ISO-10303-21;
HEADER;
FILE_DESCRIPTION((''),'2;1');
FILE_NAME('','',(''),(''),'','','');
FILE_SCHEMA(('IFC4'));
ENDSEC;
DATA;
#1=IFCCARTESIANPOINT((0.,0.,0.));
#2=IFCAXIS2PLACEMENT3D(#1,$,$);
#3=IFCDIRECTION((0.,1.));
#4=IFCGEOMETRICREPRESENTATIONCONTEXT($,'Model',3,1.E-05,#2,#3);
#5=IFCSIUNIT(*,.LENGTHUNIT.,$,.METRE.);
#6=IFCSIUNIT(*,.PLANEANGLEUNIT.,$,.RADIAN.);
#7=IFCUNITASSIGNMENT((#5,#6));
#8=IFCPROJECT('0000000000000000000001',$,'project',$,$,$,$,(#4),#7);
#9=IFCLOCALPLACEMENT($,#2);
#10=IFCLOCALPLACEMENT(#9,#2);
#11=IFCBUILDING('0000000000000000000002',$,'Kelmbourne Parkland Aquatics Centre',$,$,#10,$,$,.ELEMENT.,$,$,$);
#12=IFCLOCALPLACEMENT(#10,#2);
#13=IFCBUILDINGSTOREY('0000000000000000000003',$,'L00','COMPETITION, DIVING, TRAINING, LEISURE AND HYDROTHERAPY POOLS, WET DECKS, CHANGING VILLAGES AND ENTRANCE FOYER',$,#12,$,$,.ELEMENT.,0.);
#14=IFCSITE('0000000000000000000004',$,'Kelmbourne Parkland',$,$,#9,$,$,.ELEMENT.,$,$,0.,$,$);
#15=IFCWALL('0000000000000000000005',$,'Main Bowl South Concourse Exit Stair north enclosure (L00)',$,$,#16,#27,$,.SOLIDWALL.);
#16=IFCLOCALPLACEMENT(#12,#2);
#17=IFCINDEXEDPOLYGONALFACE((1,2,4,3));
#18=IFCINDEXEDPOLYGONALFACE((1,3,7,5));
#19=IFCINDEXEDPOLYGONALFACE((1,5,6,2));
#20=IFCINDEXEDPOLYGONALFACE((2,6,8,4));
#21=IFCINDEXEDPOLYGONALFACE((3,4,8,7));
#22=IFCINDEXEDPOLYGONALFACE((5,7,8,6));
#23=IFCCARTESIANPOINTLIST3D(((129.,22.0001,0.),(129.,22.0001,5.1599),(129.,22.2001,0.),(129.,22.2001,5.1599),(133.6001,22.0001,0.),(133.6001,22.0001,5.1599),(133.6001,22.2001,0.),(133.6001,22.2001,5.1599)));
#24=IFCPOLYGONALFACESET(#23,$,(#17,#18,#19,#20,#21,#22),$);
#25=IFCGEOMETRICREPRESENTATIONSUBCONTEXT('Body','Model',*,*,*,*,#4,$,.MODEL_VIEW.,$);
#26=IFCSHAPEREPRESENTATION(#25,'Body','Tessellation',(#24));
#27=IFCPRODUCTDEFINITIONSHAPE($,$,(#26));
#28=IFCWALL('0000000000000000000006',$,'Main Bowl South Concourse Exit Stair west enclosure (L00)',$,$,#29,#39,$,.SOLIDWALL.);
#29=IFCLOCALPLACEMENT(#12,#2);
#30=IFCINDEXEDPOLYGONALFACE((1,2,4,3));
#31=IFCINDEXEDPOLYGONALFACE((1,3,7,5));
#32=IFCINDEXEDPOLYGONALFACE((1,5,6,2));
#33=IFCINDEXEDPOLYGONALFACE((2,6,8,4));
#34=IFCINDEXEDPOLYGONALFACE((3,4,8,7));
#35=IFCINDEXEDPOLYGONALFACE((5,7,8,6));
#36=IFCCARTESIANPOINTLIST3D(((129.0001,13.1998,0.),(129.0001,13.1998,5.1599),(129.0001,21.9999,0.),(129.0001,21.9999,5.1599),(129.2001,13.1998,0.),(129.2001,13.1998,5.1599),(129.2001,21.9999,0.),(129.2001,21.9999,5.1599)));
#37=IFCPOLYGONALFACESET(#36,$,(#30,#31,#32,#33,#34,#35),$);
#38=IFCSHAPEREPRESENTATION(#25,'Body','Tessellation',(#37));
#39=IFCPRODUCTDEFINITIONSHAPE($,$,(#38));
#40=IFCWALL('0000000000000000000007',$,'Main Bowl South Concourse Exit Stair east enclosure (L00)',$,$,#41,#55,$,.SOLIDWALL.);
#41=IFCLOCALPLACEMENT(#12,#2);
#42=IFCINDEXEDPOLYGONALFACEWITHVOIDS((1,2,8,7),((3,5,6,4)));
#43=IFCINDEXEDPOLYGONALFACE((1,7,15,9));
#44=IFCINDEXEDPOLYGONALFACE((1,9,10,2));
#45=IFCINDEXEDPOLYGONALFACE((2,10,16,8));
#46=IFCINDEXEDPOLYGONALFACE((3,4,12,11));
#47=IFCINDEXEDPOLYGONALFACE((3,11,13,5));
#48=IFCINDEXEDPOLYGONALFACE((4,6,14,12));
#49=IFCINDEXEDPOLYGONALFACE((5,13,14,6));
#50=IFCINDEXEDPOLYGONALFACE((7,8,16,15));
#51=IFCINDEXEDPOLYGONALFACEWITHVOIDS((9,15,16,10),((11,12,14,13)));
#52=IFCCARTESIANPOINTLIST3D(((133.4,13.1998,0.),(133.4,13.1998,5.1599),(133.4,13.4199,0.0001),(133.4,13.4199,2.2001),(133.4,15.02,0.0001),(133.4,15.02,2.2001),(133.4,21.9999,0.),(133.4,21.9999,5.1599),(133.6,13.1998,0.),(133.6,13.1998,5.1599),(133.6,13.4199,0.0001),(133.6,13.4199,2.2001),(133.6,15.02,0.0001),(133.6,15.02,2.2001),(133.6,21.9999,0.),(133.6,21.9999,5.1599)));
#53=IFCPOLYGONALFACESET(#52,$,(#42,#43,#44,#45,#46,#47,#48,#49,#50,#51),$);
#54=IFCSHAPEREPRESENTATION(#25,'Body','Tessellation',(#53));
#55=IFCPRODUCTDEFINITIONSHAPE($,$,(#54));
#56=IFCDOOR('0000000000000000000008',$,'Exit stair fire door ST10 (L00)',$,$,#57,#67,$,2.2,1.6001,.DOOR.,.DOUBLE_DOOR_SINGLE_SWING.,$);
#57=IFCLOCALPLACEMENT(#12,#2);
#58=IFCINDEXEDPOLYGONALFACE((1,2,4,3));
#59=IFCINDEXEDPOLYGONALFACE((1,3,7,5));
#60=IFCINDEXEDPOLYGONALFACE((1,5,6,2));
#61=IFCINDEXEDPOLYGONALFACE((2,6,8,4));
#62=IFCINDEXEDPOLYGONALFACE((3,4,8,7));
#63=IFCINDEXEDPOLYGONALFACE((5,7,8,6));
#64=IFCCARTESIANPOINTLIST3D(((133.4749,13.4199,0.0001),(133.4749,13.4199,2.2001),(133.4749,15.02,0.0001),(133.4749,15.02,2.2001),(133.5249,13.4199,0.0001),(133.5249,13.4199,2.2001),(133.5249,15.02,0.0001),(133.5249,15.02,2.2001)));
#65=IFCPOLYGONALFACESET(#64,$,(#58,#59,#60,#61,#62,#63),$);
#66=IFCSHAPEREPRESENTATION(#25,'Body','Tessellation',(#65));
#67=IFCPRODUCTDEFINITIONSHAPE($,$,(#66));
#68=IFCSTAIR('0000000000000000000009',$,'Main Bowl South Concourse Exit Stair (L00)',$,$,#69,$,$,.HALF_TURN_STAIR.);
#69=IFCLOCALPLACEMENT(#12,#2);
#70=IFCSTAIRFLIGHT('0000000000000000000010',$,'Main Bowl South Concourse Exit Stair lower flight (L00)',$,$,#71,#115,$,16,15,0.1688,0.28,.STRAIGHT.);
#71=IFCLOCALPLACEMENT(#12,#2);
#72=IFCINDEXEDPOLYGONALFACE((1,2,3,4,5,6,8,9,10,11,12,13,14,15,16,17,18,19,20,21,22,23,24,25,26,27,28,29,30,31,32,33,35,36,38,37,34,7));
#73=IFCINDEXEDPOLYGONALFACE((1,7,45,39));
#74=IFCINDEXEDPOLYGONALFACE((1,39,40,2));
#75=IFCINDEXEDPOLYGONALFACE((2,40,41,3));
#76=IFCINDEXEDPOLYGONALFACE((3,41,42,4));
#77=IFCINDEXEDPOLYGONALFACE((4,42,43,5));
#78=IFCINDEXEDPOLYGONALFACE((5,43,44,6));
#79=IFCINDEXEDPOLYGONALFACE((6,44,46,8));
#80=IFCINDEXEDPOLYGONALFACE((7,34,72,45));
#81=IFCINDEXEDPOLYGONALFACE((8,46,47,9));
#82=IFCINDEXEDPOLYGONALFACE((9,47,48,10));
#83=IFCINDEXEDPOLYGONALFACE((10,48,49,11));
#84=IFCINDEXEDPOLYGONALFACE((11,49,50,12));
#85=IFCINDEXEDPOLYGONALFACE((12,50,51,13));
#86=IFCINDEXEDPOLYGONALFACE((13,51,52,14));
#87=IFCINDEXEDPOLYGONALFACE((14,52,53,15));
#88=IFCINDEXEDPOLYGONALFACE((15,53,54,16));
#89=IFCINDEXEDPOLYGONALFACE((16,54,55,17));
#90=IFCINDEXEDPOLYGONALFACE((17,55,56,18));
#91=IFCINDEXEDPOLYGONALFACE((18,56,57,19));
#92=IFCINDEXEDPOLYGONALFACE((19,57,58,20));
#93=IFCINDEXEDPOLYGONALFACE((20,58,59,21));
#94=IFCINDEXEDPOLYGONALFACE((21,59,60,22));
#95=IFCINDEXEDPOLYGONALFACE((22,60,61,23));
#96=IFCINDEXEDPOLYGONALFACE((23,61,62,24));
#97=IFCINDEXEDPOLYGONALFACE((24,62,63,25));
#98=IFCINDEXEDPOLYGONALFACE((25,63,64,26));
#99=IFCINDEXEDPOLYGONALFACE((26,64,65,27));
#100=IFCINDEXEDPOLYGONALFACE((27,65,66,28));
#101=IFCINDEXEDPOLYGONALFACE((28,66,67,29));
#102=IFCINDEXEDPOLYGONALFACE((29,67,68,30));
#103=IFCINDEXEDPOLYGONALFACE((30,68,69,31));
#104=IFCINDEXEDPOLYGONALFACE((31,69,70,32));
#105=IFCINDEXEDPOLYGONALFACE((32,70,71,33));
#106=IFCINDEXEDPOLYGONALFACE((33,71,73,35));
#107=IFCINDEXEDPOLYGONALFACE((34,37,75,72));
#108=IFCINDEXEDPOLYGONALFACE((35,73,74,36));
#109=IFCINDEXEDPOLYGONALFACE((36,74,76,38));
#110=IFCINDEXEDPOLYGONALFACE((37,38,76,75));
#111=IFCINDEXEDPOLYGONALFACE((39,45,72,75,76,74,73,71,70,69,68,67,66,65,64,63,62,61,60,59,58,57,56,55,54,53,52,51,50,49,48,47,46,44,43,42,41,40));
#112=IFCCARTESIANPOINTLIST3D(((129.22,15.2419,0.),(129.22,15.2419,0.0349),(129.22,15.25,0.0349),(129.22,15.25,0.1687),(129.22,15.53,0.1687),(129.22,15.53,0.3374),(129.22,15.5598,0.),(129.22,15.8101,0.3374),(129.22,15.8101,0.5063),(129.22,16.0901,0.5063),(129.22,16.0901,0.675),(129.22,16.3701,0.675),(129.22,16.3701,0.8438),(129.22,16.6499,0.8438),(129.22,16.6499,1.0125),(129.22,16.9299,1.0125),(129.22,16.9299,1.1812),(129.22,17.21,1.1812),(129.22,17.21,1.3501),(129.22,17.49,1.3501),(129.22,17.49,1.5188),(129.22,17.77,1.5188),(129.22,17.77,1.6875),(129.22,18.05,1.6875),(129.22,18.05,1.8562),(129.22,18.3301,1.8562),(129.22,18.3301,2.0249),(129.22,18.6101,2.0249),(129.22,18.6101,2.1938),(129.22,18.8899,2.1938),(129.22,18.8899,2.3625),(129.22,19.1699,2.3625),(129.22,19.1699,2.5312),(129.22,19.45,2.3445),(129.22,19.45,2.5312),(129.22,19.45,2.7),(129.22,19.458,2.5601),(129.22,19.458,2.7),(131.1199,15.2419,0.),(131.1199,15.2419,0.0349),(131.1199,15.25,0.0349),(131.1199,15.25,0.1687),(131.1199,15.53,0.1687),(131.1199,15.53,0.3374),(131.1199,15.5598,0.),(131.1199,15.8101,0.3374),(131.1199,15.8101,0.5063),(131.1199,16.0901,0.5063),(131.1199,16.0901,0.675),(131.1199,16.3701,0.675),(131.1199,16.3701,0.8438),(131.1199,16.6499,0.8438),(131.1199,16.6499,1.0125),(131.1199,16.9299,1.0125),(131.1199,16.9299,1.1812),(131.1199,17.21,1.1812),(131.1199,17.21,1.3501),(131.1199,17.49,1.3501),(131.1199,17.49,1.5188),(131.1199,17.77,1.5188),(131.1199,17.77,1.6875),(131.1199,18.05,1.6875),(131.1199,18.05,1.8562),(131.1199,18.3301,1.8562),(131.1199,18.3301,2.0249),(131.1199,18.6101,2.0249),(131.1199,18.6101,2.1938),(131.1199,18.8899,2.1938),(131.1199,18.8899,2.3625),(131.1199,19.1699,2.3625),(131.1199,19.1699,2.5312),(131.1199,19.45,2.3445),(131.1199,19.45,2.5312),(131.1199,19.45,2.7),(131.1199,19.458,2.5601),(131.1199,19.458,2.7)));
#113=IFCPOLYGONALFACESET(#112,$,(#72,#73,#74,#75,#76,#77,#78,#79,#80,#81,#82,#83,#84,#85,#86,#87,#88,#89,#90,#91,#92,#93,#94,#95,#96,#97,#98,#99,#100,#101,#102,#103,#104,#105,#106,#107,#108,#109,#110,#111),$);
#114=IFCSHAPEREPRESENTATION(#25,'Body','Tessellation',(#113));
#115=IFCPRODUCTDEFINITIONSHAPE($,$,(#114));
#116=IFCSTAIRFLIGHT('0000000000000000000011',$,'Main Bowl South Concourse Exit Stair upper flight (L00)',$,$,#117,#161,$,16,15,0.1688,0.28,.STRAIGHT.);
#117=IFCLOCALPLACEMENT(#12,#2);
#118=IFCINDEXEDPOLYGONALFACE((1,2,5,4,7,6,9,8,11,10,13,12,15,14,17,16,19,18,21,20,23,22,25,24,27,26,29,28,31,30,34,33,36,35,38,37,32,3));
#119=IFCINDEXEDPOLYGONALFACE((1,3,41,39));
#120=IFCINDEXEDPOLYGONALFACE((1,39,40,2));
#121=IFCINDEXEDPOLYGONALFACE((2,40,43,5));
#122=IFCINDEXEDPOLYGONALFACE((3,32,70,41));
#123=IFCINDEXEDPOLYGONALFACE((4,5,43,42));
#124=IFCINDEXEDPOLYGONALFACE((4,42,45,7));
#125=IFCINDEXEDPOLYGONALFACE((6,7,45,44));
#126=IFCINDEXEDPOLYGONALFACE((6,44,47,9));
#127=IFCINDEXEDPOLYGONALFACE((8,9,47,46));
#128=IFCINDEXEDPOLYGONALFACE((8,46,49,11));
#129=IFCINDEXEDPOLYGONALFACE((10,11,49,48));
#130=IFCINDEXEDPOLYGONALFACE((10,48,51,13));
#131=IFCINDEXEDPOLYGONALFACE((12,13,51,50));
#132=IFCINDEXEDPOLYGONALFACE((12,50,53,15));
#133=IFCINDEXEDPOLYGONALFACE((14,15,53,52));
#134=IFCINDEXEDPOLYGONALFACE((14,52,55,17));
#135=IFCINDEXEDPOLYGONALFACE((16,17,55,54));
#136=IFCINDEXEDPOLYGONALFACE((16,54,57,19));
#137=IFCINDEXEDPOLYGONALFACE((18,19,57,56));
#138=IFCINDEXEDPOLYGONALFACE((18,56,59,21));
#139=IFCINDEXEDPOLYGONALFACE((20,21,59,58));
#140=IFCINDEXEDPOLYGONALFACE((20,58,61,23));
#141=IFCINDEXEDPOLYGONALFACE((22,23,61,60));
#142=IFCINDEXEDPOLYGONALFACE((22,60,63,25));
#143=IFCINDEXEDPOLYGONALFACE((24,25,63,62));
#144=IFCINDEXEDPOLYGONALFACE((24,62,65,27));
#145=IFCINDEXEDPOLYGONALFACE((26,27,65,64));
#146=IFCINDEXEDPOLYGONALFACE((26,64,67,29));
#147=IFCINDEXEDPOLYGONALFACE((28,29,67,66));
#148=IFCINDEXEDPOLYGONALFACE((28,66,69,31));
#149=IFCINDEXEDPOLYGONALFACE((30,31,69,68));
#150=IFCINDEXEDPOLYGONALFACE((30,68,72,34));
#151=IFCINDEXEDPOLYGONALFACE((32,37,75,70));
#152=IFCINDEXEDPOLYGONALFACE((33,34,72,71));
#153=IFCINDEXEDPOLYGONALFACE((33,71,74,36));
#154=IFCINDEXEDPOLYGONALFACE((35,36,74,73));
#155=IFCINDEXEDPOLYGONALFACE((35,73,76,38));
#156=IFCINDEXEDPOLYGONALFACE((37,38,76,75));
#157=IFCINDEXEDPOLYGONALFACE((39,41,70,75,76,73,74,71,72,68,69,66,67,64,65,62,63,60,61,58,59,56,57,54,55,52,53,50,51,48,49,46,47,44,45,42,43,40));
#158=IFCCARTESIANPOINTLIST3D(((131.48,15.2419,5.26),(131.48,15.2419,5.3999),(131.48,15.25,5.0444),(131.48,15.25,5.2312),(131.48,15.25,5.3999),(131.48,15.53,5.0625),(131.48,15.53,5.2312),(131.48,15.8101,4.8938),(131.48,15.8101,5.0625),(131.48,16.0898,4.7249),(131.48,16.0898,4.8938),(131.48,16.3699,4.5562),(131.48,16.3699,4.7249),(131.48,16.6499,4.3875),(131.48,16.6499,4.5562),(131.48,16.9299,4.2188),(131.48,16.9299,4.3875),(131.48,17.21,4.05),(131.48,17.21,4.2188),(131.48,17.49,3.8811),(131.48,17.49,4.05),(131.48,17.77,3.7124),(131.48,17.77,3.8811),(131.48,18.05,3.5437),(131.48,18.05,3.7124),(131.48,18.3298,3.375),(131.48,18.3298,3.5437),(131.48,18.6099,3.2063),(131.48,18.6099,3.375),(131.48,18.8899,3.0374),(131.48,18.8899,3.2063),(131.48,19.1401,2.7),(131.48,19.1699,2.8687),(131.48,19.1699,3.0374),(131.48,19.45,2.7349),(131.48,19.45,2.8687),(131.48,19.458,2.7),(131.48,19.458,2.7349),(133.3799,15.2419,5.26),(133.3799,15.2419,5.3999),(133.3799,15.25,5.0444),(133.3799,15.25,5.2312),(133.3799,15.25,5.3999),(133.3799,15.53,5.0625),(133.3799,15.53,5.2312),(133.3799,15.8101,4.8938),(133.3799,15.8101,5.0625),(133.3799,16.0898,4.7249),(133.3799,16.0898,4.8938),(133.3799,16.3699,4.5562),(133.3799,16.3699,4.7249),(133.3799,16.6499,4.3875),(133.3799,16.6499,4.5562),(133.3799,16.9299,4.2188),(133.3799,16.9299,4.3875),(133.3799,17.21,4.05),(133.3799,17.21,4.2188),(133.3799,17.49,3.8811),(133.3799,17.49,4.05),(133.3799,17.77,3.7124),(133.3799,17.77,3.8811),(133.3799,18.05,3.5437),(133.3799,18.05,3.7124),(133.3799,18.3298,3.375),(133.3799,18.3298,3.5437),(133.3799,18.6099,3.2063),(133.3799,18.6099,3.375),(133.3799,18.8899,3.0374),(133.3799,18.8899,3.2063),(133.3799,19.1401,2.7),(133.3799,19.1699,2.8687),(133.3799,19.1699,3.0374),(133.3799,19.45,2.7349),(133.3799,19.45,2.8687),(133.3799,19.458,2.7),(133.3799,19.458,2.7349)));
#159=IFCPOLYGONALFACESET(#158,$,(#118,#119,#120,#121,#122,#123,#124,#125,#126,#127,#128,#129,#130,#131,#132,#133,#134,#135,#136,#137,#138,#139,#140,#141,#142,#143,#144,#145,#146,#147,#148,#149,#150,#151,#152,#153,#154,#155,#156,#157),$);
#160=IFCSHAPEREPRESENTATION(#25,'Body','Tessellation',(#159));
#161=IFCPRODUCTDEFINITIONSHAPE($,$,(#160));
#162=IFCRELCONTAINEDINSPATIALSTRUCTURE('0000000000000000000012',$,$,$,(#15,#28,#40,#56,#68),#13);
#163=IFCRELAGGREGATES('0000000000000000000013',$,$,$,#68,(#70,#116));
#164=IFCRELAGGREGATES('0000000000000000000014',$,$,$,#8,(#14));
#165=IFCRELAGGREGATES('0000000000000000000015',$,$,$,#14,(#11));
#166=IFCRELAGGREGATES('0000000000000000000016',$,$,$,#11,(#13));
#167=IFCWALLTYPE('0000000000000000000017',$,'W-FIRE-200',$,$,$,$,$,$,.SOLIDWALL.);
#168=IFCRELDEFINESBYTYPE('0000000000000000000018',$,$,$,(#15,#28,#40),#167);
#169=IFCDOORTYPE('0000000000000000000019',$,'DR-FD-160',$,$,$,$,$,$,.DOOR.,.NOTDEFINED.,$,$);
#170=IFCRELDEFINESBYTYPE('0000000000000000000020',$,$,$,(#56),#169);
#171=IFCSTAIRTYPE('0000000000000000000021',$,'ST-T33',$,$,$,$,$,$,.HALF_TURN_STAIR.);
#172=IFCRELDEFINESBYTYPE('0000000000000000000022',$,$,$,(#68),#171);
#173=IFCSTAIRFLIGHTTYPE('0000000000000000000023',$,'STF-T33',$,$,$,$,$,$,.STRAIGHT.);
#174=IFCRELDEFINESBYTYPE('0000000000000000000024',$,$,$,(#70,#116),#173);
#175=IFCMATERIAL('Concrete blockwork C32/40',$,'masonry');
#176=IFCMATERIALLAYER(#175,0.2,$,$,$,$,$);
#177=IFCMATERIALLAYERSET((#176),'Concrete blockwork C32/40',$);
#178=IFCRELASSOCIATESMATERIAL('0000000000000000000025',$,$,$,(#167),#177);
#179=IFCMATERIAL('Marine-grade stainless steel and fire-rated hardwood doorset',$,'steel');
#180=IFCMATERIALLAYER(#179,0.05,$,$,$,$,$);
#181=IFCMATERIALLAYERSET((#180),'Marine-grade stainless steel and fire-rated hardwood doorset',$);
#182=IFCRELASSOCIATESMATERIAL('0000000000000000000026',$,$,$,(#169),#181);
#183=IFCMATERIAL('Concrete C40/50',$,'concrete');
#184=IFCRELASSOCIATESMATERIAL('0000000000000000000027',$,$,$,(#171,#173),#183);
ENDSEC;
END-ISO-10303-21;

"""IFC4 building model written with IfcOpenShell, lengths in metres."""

from ifc_helpers import new_model, si_unit, direction, frame, frame_2d, origin, place, context, subcontext, project, spatial, polyline, rectangle, outline, extrude, material, layer, layer_set, type_object, element, fill, aggregate, save


model = new_model("IFC4")

# Units and contexts
model_context = context("Model", 3, precision=1e-05, world=origin(), true_north=direction((0.0, 1.0)))
body_context = subcontext(model_context, "Body", "Model", "MODEL_VIEW")
ifc_project = project(units=[si_unit("LENGTHUNIT", "METRE"), si_unit("PLANEANGLEUNIT", "RADIAN")], contexts=[model_context])

# Site, building, storey
site_placement = place(None, origin())
site = spatial("IfcSite", under=ifc_project, at=site_placement, Name="Kelmbourne Parkland", CompositionType="ELEMENT", RefElevation=0.0)
building_placement = place(site_placement, origin())
building = spatial("IfcBuilding", under=site, at=building_placement, Name="Kelmbourne Parkland Aquatics Centre", CompositionType="ELEMENT")
storey_placement = place(building_placement, origin())
storey = spatial("IfcBuildingStorey", under=building, at=storey_placement, Name="L00", Description="COMPETITION, DIVING, TRAINING, LEISURE AND HYDROTHERAPY POOLS, WET DECKS, CHANGING VILLAGES AND ENTRANCE FOYER", CompositionType="ELEMENT", Elevation=0.0)

# Shared definitions
ifc_material_1 = material(Name="Concrete C40/50", Category="concrete")

# Walls
ifc_material_2 = material(Name="Concrete blockwork C32/40", Category="masonry")
ifc_layer_1 = layer(ifc_material_2, 0.2)
ifc_layer_set_1 = layer_set([ifc_layer_1], Name="Concrete blockwork C32/40")
wall_type = type_object("IfcWallType", Name="W-FIRE-200", PredefinedType="SOLIDWALL", material=ifc_layer_set_1)
for number, where, z_axis, x_axis, name in (
    (1, (129.0, 22.1001, 0.0), (0.0, 0.0, 1.0), (1.0, 0.0, 0.0), "Main Bowl South Concourse Exit Stair north enclosure (L00)"),
):
    element("IfcWall", number, at=place(storey_placement, frame(where, z_axis=z_axis, x_axis=x_axis)), inside=storey, type_object=wall_type, Name=name, PredefinedType="SOLIDWALL", context=body_context, shape_type="SweptSolid", body=[
        extrude(rectangle(XDim=4.6001, YDim=0.2, at=frame_2d((2.3, 0.0))), origin(), (0.0, 0.0, 1.0), 5.1599),
    ])
wall_1_placement = place(storey_placement, frame((129.1001, 13.2, 0.0), z_axis=(0.0, 0.0, 1.0), x_axis=(0.0, 1.0, 0.0)))
element("IfcWall", 2, at=wall_1_placement, inside=storey, type_object=wall_type, Name="Main Bowl South Concourse Exit Stair west enclosure (L00)", PredefinedType="SOLIDWALL", context=body_context, shape_type="SweptSolid", body=[
    extrude(rectangle(XDim=8.8, YDim=0.2, at=frame_2d((4.3999, 0.0))), origin(), (0.0, 0.0, 1.0), 5.1599),
])

# Wall, opening, door
wall_2_placement = place(storey_placement, frame((133.5, 13.2, 0.0), z_axis=(0.0, 0.0, 1.0), x_axis=(0.0, 1.0, 0.0)))
wall_2 = element("IfcWall", 3, at=wall_2_placement, inside=storey, type_object=wall_type, Name="Main Bowl South Concourse Exit Stair east enclosure (L00)", PredefinedType="SOLIDWALL", context=body_context, shape_type="SweptSolid", body=[
    extrude(rectangle(XDim=8.8, YDim=0.2, at=frame_2d((4.3999, 0.0))), origin(), (0.0, 0.0, 1.0), 5.1599),
])
opening_placement = place(wall_2_placement, frame((0.22, 0.0, 0.0)))
opening = element("IfcOpeningElement", 4, at=opening_placement, cuts=wall_2, PredefinedType="OPENING", context=body_context, shape_type="SweptSolid", body=[
    extrude(rectangle(XDim=1.6001, YDim=2.2, at=frame_2d((0.8, 1.1001))), frame((0.0, 0.1118, 0.0), z_axis=(0.0, -1.0, 0.0), x_axis=(1.0, 0.0, 0.0)), (0.0, 0.0, 1.0), 0.2239),
])
ifc_material_3 = material(Name="Marine-grade stainless steel and fire-rated hardwood doorset", Category="steel")
ifc_layer_2 = layer(ifc_material_3, 0.05)
ifc_layer_set_2 = layer_set([ifc_layer_2], Name="Marine-grade stainless steel and fire-rated hardwood doorset")
door_type = type_object("IfcDoorType", Name="DR-FD-160", OperationType="NOTDEFINED", PredefinedType="DOOR", material=ifc_layer_set_2)
door_placement = place(opening_placement, frame((1.6001, 0.0, 0.0), z_axis=(0.0, 0.0, 1.0), x_axis=(-1.0, 0.0, 0.0)))
door = element("IfcDoor", 5, at=door_placement, inside=storey, type_object=door_type, Name="Exit stair fire door ST10 (L00)", OperationType="DOUBLE_DOOR_SINGLE_SWING", OverallHeight=2.2, OverallWidth=1.6001, PredefinedType="DOOR", context=body_context, shape_type="SweptSolid", body=[
    extrude(rectangle(XDim=1.6001, YDim=2.2, at=frame_2d((0.8, 1.1001))), frame((0.0, 0.0249, 0.0), z_axis=(0.0, -1.0, 0.0), x_axis=(1.0, 0.0, 0.0)), (0.0, 0.0, 1.0), 0.05),
])
fill(opening, door)

# Stair, stair flights
stair_type = type_object("IfcStairType", Name="ST-T33", PredefinedType="HALF_TURN_STAIR", material=ifc_material_1)
stair_placement = place(storey_placement, origin())
stair = element("IfcStair", 6, at=stair_placement, inside=storey, type_object=stair_type, Name="Main Bowl South Concourse Exit Stair (L00)", PredefinedType="HALF_TURN_STAIR")
stair_flight_type = type_object("IfcStairFlightType", Name="STF-T33", PredefinedType="STRAIGHT", material=ifc_material_1)
stair_flight_1_placement = place(storey_placement, frame((130.1699, 15.25, 0.0), z_axis=(0.0, 0.0, 1.0), x_axis=(0.0, 1.0, 0.0)))
stair_flight_1 = element("IfcStairFlight", 7, at=stair_flight_1_placement, type_object=stair_flight_type, Name="Main Bowl South Concourse Exit Stair lower flight (L00)", NumberOfRisers=16, NumberOfTreads=15, PredefinedType="STRAIGHT", RiserHeight=0.1688, TreadLength=0.28, context=body_context, shape_type="SweptSolid", body=[
    extrude(outline(polyline([(-0.0081, 0.0), (-0.0081, 0.0349), (0.0, 0.0349), (0.0, 0.1687), (0.28, 0.1687), (0.28, 0.3374), (0.5601, 0.3374), (0.5601, 0.5063), (0.8401, 0.5063), (0.8401, 0.675), (1.1201, 0.675), (1.1201, 0.8438), (1.3999, 0.8438), (1.3999, 1.0125), (1.6799, 1.0125), (1.6799, 1.1812), (1.96, 1.1812), (1.96, 1.3501), (2.24, 1.3501), (2.24, 1.5188), (2.52, 1.5188), (2.52, 1.6875), (2.8, 1.6875), (2.8, 1.8562), (3.0801, 1.8562), (3.0801, 2.0249), (3.3601, 2.0249), (3.3601, 2.1938), (3.6399, 2.1938), (3.6399, 2.3625), (3.9199, 2.3625), (3.9199, 2.5312), (4.2, 2.5312), (4.2, 2.7), (4.208, 2.7), (4.208, 2.5601), (4.2, 2.3445), (0.3098, 0.0), (-0.0081, 0.0)])), frame((0.0, 0.95, 0.0), z_axis=(0.0, -1.0, 0.0), x_axis=(1.0, 0.0, 0.0)), (0.0, 0.0, 1.0), 1.8999),
])
stair_flight_2_placement = place(storey_placement, frame((132.4299, 19.45, 2.7), z_axis=(0.0, 0.0, 1.0), x_axis=(0.0, -1.0, 0.0)))
stair_flight_2 = element("IfcStairFlight", 8, at=stair_flight_2_placement, type_object=stair_flight_type, Name="Main Bowl South Concourse Exit Stair upper flight (L00)", NumberOfRisers=16, NumberOfTreads=15, PredefinedType="STRAIGHT", RiserHeight=0.1688, TreadLength=0.28, context=body_context, shape_type="SweptSolid", body=[
    extrude(outline(polyline([(-0.0081, 0.0), (-0.0081, 0.0349), (0.0, 0.0349), (0.0, 0.1687), (0.28, 0.1687), (0.28, 0.3374), (0.5601, 0.3374), (0.5601, 0.5063), (0.8401, 0.5063), (0.8401, 0.675), (1.1201, 0.675), (1.1201, 0.8438), (1.3999, 0.8438), (1.3999, 1.0125), (1.6799, 1.0125), (1.6799, 1.1812), (1.96, 1.1812), (1.96, 1.3501), (2.24, 1.3501), (2.24, 1.5188), (2.52, 1.5188), (2.52, 1.6875), (2.8, 1.6875), (2.8, 1.8562), (3.0801, 1.8562), (3.0801, 2.0249), (3.3601, 2.0249), (3.3601, 2.1938), (3.6399, 2.1938), (3.6399, 2.3625), (3.9199, 2.3625), (3.9199, 2.5312), (4.2, 2.5312), (4.2, 2.7), (4.208, 2.7), (4.208, 2.5601), (4.2, 2.3445), (0.3098, 0.0), (-0.0081, 0.0)])), frame((0.0, 0.95, 0.0), z_axis=(0.0, -1.0, 0.0), x_axis=(1.0, 0.0, 0.0)), (0.0, 0.0, 1.0), 1.8999),
])
aggregate(stair, [stair_flight_1, stair_flight_2])

save(model, "model.ifc")
